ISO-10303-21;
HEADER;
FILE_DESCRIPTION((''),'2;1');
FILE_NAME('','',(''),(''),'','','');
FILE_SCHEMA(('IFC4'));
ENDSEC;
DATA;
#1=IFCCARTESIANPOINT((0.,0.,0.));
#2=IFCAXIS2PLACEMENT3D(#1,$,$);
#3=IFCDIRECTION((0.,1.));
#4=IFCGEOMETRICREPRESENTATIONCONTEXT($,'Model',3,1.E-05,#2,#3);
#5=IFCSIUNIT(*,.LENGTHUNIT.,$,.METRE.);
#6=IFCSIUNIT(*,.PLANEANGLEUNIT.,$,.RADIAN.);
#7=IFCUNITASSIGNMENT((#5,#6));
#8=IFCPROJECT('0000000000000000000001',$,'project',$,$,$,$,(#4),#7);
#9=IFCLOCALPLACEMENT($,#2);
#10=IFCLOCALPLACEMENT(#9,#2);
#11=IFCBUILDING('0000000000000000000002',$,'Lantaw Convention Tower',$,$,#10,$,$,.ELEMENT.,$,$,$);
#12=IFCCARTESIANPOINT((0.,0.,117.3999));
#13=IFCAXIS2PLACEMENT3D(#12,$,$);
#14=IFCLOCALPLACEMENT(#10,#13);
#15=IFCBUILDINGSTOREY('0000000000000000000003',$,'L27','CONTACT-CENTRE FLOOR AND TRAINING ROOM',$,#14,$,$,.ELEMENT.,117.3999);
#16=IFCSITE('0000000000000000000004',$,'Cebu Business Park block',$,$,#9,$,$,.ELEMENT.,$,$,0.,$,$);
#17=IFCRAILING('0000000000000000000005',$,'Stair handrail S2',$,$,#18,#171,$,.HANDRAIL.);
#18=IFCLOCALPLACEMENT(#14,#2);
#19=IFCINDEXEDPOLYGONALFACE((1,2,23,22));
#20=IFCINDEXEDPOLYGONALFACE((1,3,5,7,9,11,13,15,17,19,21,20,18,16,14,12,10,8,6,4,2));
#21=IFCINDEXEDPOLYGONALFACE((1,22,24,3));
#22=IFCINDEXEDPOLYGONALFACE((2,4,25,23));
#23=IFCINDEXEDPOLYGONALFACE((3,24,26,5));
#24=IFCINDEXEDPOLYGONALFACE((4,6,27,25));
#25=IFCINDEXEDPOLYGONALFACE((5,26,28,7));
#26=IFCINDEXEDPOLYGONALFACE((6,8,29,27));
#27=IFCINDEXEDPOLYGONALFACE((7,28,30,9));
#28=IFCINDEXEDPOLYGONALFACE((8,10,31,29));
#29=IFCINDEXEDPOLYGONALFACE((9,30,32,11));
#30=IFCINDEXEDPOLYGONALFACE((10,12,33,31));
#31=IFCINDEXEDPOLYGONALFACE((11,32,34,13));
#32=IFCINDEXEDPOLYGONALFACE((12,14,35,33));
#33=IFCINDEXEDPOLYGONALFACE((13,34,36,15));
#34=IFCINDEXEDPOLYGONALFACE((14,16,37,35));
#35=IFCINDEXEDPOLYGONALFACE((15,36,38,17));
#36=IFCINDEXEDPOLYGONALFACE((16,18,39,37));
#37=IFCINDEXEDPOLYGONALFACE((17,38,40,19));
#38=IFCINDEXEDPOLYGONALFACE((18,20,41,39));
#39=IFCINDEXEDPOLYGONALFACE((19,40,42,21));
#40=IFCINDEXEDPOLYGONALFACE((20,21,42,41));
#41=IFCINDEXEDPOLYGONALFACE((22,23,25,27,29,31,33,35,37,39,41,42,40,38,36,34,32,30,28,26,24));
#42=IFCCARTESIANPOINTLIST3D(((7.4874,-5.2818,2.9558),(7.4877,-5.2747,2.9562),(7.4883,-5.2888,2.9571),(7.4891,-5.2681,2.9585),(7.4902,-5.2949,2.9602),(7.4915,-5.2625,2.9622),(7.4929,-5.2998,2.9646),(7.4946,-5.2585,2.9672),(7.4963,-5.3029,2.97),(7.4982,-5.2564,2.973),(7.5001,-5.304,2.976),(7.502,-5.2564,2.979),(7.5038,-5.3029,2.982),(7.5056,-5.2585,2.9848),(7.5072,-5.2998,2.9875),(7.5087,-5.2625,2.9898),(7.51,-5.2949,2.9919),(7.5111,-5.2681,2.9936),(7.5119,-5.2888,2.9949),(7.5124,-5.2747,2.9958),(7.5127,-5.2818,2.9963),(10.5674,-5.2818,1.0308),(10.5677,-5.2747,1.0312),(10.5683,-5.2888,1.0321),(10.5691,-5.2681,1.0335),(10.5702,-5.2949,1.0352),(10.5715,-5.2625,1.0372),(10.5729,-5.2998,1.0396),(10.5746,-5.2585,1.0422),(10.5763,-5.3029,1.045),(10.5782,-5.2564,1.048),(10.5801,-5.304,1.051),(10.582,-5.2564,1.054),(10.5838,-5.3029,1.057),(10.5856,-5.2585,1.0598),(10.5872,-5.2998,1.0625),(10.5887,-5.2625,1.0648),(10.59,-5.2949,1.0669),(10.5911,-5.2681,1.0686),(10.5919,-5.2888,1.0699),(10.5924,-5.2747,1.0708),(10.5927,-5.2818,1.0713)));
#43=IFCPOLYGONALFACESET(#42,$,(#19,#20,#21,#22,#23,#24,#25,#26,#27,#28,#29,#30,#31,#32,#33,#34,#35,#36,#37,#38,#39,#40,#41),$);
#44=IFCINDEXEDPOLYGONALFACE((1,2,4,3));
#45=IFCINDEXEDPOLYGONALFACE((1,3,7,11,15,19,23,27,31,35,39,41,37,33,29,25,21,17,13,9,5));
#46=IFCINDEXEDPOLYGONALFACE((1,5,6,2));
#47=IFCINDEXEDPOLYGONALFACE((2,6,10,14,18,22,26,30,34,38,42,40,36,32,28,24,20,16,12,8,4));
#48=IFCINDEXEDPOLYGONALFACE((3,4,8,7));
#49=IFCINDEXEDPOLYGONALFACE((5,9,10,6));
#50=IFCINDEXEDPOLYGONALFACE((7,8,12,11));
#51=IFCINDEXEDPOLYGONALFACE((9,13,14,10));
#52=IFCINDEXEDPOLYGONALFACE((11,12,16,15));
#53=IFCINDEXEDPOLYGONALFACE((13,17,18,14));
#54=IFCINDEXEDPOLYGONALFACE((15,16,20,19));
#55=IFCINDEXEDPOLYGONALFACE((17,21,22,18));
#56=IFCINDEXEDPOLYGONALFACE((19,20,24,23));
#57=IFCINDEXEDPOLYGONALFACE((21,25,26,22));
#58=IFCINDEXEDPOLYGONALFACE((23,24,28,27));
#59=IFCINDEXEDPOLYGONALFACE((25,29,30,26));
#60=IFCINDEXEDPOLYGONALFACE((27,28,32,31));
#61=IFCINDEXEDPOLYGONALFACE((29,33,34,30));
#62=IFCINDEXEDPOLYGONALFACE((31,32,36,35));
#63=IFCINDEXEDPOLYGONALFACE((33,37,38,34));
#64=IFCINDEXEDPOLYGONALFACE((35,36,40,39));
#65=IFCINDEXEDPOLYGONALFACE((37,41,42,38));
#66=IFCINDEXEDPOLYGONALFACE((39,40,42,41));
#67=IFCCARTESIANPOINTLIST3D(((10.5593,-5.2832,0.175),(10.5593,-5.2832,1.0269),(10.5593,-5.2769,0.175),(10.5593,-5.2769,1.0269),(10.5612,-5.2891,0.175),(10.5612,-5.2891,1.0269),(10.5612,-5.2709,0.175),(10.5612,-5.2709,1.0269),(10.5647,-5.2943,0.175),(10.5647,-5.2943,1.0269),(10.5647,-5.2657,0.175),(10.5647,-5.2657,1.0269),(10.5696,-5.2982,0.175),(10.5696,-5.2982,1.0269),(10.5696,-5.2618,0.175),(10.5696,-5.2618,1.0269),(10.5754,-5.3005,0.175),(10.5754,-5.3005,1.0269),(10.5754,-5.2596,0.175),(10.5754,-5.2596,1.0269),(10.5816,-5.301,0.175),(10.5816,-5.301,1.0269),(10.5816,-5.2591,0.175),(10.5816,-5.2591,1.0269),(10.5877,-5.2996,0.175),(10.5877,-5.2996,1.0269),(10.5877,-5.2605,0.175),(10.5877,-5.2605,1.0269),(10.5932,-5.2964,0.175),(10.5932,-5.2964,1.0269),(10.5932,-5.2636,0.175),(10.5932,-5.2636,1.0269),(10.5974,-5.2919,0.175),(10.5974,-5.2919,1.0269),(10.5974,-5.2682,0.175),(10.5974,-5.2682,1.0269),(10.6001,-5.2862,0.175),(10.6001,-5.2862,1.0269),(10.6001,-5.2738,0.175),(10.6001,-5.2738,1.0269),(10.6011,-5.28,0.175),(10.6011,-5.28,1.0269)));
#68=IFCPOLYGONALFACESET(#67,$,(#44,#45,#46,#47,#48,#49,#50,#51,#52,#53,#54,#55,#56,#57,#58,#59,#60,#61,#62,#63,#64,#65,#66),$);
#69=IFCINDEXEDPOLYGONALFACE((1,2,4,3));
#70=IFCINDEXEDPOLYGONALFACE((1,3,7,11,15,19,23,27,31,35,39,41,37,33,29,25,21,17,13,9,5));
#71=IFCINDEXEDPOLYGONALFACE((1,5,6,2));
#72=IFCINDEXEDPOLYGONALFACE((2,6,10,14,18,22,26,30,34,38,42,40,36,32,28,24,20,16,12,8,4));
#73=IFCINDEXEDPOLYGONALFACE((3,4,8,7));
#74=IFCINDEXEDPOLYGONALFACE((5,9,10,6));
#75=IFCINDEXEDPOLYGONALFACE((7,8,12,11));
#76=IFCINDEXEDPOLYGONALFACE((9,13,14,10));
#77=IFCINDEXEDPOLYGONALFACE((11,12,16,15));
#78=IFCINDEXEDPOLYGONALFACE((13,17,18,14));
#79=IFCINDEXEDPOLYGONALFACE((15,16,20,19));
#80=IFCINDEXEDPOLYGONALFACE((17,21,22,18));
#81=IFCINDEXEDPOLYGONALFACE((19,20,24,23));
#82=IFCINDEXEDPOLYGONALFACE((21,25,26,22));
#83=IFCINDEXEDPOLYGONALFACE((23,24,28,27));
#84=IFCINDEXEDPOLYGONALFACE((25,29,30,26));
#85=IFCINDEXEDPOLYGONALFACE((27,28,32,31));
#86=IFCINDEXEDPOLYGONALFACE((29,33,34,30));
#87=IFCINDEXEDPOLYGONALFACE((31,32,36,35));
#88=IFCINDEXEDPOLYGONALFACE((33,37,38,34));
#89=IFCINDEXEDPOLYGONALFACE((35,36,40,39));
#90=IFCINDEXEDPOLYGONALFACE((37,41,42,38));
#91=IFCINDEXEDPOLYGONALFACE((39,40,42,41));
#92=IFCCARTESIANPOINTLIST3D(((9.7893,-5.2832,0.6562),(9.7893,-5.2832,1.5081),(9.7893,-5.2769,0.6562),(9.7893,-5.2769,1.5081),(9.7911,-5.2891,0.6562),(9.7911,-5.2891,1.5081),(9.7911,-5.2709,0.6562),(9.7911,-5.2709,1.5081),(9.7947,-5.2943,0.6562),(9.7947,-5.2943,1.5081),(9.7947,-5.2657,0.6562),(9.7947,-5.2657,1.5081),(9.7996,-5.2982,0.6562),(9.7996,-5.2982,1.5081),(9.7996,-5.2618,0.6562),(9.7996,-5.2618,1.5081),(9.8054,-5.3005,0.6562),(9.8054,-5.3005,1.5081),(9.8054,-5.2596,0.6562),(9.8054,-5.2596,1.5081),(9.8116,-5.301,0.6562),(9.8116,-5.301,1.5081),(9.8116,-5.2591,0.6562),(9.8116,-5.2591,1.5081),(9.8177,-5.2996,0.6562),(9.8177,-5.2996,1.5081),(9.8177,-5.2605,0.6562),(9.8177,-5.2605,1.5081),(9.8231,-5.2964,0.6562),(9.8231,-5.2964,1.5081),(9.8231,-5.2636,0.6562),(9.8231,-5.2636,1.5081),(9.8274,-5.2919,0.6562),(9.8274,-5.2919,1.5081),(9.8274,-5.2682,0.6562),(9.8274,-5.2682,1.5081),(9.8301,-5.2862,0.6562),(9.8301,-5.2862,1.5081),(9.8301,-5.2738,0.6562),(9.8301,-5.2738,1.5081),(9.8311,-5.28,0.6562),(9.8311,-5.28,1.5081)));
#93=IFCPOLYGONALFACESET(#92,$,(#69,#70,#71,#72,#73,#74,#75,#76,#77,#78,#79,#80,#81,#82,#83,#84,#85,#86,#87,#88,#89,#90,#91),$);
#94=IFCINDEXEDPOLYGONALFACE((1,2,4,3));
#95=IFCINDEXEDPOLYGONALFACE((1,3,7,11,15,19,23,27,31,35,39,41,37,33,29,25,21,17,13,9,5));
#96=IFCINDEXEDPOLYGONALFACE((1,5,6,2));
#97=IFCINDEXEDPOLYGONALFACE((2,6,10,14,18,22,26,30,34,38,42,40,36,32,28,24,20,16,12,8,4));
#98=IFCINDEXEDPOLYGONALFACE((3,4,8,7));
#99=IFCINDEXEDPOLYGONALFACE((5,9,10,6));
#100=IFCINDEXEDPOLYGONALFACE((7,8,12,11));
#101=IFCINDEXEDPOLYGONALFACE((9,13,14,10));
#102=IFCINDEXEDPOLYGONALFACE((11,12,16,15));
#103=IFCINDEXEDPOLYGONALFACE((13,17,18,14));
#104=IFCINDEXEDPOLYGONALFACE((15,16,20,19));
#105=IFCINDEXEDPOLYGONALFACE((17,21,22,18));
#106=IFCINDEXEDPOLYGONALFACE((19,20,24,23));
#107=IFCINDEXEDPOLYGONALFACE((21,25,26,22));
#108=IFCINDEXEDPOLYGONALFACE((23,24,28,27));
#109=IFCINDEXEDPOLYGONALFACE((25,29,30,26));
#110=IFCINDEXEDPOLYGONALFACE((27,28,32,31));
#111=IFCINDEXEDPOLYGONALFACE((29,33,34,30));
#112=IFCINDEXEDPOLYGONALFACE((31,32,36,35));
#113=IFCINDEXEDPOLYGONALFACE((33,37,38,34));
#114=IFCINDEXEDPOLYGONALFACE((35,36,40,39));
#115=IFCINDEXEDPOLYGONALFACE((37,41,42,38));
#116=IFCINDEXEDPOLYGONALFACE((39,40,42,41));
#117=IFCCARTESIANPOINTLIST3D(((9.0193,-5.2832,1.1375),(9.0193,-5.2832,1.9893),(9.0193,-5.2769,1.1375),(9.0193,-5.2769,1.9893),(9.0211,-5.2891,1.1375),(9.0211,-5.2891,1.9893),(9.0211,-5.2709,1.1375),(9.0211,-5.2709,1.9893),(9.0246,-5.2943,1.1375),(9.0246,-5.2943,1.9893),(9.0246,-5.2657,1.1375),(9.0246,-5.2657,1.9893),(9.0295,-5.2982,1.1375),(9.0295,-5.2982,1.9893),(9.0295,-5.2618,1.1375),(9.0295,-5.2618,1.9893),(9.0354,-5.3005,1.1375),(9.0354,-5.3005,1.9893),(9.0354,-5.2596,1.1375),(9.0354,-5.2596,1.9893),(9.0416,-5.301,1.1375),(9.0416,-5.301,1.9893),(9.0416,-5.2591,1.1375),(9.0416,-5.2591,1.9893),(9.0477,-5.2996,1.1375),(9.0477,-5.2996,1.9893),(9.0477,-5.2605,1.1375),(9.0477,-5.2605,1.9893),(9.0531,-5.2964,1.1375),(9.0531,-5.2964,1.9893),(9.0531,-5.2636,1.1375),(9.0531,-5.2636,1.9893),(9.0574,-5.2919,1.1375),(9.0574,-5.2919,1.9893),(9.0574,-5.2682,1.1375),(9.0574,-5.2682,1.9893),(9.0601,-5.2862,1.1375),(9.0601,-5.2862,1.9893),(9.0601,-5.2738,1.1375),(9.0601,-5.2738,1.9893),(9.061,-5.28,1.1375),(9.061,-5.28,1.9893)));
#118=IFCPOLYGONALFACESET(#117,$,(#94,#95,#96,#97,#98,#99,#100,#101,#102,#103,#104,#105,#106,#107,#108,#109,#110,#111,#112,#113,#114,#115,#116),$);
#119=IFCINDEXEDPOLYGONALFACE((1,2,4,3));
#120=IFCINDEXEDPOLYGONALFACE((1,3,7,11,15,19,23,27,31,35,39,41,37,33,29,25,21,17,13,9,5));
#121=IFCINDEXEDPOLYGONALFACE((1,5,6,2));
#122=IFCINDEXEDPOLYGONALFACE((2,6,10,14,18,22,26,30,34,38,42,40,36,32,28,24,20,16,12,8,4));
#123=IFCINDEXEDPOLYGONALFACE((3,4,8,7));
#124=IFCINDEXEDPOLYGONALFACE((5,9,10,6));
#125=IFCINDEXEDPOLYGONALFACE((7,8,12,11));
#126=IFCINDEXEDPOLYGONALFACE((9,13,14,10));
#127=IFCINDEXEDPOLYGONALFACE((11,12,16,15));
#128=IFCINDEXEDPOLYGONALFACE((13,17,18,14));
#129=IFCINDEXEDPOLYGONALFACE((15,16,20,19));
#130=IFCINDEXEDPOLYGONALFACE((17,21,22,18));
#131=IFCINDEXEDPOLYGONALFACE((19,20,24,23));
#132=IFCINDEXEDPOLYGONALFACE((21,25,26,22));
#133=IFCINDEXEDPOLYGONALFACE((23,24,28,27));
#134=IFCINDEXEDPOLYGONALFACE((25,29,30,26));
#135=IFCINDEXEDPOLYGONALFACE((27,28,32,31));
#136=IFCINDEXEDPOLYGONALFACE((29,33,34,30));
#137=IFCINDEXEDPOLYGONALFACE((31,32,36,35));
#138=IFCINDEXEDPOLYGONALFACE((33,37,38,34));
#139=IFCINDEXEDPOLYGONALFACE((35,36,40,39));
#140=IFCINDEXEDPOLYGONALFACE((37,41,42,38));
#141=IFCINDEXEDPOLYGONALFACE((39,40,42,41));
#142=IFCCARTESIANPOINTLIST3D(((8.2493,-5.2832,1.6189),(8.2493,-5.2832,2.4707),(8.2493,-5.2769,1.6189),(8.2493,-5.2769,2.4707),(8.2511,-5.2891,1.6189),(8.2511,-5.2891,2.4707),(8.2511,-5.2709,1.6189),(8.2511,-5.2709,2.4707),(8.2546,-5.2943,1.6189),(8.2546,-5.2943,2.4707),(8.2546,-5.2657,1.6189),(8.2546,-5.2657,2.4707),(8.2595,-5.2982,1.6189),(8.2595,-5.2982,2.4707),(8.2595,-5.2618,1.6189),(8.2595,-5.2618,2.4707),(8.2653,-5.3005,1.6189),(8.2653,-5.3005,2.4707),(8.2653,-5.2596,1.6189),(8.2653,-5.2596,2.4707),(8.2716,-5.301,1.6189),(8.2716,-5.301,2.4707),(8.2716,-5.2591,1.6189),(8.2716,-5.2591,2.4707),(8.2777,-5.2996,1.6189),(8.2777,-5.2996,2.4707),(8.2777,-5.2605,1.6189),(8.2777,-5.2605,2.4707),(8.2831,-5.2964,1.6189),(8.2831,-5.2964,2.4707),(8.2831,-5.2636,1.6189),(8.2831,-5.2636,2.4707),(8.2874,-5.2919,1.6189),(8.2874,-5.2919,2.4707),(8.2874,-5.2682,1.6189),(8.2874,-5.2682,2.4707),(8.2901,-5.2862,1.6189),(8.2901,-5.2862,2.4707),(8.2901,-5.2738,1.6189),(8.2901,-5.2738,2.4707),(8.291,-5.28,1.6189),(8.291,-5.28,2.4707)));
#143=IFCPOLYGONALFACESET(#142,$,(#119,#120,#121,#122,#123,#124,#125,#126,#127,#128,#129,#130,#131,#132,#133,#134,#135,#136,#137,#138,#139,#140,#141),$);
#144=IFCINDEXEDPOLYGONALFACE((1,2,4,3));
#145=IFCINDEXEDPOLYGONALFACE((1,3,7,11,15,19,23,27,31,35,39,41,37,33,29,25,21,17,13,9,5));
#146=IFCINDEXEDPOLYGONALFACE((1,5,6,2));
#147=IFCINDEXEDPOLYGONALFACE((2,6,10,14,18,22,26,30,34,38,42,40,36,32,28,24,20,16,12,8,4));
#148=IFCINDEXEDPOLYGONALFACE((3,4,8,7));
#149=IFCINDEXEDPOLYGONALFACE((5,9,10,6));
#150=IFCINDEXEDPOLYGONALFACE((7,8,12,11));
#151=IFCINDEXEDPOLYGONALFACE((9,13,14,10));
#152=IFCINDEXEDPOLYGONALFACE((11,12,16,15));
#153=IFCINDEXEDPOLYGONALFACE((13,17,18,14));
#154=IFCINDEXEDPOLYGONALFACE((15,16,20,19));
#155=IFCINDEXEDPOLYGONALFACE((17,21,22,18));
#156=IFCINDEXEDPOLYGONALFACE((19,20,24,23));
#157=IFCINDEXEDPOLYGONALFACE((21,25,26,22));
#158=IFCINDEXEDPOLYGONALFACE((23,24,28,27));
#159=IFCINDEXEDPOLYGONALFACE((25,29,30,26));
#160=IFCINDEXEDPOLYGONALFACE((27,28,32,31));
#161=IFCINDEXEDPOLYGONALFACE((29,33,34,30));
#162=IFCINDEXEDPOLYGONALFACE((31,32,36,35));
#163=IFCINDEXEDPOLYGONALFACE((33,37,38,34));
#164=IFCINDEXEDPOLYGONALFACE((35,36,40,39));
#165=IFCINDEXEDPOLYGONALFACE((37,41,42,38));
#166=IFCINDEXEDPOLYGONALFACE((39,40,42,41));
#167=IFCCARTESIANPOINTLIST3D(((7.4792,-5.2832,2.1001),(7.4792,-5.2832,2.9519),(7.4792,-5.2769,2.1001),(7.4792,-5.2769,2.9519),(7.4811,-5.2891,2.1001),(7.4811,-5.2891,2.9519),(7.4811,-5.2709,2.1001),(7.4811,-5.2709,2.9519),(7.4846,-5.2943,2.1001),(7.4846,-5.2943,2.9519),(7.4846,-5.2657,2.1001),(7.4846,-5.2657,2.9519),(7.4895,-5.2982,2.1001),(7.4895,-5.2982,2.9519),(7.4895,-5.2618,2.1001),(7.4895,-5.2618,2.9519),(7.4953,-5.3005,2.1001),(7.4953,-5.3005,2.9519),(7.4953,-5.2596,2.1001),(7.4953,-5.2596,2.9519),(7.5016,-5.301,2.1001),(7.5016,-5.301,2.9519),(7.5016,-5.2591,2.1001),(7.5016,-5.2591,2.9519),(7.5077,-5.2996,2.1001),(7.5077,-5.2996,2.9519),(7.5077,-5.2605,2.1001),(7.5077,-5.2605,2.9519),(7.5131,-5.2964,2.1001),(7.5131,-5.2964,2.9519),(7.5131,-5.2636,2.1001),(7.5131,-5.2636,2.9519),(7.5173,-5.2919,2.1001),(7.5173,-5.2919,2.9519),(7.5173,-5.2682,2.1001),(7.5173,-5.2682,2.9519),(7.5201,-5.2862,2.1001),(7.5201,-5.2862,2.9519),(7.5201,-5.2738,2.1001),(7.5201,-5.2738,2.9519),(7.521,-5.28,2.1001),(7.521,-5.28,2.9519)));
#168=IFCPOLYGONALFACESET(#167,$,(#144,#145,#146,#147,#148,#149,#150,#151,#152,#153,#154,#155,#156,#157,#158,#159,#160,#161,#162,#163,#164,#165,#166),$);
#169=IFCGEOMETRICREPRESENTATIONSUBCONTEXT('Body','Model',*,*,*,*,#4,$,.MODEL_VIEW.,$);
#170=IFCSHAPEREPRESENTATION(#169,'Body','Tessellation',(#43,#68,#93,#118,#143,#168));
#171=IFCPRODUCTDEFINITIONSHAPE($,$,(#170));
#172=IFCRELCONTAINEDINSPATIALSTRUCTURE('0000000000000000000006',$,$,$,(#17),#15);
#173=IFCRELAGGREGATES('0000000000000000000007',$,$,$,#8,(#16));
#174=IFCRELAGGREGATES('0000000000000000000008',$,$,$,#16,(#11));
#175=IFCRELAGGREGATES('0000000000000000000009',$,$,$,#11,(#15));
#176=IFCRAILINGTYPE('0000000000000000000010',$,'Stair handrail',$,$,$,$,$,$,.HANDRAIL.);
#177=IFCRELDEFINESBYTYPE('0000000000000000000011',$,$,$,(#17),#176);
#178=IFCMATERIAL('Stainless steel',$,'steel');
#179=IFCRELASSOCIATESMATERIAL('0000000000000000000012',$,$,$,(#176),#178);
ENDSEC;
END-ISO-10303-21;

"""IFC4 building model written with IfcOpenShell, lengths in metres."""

from ifc_helpers import new_model, si_unit, direction, frame, origin, origin_2d, place, context, subcontext, project, spatial, circle, extrude, material, type_object, element, save


model = new_model("IFC4")

# Units and contexts
model_context = context("Model", 3, precision=1e-05, world=origin(), true_north=direction((0.0, 1.0)))
body_context = subcontext(model_context, "Body", "Model", "MODEL_VIEW")
ifc_project = project(units=[si_unit("LENGTHUNIT", "METRE"), si_unit("PLANEANGLEUNIT", "RADIAN")], contexts=[model_context])

# Site, building, storey
site_placement = place(None, origin())
site = spatial("IfcSite", under=ifc_project, at=site_placement, Name="Cebu Business Park block", CompositionType="ELEMENT", RefElevation=0.0)
building_placement = place(site_placement, origin())
building = spatial("IfcBuilding", under=site, at=building_placement, Name="Lantaw Convention Tower", CompositionType="ELEMENT")
storey_placement = place(building_placement, frame((0.0, 0.0, 117.3999)))
storey = spatial("IfcBuildingStorey", under=building, at=storey_placement, Name="L27", Description="CONTACT-CENTRE FLOOR AND TRAINING ROOM", CompositionType="ELEMENT", Elevation=117.3999)

# Railing
ifc_material_1 = material(Name="Stainless steel", Category="steel")
railing_type = type_object("IfcRailingType", Name="Stair handrail", PredefinedType="HANDRAIL", material=ifc_material_1)
railing_1_placement = place(storey_placement, frame((10.5801, -5.28, 0.175)))
element("IfcRailing", 1, at=railing_1_placement, inside=storey, type_object=railing_type, Name="Stair handrail S2", PredefinedType="HANDRAIL", context=body_context, shape_type="SweptSolid", body=[
    extrude(circle(Radius=0.0239, at=origin_2d()), frame((0.0, 0.0, 0.876), z_axis=(-0.847998, 0.0, 0.529999), x_axis=(0.0, -1.0, 0.0)), (0.0, 0.0, 1.0), 3.6321),
    extrude(circle(Radius=0.021, at=origin_2d()), origin(), (0.0, 0.0, 1.0), 0.8518),
    extrude(circle(Radius=0.021, at=origin_2d()), frame((-0.77, 0.0, 0.4812)), (0.0, 0.0, 1.0), 0.8518),
    extrude(circle(Radius=0.021, at=origin_2d()), frame((-1.54, 0.0, 0.9624)), (0.0, 0.0, 1.0), 0.8518),
    extrude(circle(Radius=0.021, at=origin_2d()), frame((-2.3101, 0.0, 1.4438)), (0.0, 0.0, 1.0), 0.8518),
    extrude(circle(Radius=0.021, at=origin_2d()), frame((-3.0801, 0.0, 1.925)), (0.0, 0.0, 1.0), 0.8518),
])

save(model, "model.ifc")
